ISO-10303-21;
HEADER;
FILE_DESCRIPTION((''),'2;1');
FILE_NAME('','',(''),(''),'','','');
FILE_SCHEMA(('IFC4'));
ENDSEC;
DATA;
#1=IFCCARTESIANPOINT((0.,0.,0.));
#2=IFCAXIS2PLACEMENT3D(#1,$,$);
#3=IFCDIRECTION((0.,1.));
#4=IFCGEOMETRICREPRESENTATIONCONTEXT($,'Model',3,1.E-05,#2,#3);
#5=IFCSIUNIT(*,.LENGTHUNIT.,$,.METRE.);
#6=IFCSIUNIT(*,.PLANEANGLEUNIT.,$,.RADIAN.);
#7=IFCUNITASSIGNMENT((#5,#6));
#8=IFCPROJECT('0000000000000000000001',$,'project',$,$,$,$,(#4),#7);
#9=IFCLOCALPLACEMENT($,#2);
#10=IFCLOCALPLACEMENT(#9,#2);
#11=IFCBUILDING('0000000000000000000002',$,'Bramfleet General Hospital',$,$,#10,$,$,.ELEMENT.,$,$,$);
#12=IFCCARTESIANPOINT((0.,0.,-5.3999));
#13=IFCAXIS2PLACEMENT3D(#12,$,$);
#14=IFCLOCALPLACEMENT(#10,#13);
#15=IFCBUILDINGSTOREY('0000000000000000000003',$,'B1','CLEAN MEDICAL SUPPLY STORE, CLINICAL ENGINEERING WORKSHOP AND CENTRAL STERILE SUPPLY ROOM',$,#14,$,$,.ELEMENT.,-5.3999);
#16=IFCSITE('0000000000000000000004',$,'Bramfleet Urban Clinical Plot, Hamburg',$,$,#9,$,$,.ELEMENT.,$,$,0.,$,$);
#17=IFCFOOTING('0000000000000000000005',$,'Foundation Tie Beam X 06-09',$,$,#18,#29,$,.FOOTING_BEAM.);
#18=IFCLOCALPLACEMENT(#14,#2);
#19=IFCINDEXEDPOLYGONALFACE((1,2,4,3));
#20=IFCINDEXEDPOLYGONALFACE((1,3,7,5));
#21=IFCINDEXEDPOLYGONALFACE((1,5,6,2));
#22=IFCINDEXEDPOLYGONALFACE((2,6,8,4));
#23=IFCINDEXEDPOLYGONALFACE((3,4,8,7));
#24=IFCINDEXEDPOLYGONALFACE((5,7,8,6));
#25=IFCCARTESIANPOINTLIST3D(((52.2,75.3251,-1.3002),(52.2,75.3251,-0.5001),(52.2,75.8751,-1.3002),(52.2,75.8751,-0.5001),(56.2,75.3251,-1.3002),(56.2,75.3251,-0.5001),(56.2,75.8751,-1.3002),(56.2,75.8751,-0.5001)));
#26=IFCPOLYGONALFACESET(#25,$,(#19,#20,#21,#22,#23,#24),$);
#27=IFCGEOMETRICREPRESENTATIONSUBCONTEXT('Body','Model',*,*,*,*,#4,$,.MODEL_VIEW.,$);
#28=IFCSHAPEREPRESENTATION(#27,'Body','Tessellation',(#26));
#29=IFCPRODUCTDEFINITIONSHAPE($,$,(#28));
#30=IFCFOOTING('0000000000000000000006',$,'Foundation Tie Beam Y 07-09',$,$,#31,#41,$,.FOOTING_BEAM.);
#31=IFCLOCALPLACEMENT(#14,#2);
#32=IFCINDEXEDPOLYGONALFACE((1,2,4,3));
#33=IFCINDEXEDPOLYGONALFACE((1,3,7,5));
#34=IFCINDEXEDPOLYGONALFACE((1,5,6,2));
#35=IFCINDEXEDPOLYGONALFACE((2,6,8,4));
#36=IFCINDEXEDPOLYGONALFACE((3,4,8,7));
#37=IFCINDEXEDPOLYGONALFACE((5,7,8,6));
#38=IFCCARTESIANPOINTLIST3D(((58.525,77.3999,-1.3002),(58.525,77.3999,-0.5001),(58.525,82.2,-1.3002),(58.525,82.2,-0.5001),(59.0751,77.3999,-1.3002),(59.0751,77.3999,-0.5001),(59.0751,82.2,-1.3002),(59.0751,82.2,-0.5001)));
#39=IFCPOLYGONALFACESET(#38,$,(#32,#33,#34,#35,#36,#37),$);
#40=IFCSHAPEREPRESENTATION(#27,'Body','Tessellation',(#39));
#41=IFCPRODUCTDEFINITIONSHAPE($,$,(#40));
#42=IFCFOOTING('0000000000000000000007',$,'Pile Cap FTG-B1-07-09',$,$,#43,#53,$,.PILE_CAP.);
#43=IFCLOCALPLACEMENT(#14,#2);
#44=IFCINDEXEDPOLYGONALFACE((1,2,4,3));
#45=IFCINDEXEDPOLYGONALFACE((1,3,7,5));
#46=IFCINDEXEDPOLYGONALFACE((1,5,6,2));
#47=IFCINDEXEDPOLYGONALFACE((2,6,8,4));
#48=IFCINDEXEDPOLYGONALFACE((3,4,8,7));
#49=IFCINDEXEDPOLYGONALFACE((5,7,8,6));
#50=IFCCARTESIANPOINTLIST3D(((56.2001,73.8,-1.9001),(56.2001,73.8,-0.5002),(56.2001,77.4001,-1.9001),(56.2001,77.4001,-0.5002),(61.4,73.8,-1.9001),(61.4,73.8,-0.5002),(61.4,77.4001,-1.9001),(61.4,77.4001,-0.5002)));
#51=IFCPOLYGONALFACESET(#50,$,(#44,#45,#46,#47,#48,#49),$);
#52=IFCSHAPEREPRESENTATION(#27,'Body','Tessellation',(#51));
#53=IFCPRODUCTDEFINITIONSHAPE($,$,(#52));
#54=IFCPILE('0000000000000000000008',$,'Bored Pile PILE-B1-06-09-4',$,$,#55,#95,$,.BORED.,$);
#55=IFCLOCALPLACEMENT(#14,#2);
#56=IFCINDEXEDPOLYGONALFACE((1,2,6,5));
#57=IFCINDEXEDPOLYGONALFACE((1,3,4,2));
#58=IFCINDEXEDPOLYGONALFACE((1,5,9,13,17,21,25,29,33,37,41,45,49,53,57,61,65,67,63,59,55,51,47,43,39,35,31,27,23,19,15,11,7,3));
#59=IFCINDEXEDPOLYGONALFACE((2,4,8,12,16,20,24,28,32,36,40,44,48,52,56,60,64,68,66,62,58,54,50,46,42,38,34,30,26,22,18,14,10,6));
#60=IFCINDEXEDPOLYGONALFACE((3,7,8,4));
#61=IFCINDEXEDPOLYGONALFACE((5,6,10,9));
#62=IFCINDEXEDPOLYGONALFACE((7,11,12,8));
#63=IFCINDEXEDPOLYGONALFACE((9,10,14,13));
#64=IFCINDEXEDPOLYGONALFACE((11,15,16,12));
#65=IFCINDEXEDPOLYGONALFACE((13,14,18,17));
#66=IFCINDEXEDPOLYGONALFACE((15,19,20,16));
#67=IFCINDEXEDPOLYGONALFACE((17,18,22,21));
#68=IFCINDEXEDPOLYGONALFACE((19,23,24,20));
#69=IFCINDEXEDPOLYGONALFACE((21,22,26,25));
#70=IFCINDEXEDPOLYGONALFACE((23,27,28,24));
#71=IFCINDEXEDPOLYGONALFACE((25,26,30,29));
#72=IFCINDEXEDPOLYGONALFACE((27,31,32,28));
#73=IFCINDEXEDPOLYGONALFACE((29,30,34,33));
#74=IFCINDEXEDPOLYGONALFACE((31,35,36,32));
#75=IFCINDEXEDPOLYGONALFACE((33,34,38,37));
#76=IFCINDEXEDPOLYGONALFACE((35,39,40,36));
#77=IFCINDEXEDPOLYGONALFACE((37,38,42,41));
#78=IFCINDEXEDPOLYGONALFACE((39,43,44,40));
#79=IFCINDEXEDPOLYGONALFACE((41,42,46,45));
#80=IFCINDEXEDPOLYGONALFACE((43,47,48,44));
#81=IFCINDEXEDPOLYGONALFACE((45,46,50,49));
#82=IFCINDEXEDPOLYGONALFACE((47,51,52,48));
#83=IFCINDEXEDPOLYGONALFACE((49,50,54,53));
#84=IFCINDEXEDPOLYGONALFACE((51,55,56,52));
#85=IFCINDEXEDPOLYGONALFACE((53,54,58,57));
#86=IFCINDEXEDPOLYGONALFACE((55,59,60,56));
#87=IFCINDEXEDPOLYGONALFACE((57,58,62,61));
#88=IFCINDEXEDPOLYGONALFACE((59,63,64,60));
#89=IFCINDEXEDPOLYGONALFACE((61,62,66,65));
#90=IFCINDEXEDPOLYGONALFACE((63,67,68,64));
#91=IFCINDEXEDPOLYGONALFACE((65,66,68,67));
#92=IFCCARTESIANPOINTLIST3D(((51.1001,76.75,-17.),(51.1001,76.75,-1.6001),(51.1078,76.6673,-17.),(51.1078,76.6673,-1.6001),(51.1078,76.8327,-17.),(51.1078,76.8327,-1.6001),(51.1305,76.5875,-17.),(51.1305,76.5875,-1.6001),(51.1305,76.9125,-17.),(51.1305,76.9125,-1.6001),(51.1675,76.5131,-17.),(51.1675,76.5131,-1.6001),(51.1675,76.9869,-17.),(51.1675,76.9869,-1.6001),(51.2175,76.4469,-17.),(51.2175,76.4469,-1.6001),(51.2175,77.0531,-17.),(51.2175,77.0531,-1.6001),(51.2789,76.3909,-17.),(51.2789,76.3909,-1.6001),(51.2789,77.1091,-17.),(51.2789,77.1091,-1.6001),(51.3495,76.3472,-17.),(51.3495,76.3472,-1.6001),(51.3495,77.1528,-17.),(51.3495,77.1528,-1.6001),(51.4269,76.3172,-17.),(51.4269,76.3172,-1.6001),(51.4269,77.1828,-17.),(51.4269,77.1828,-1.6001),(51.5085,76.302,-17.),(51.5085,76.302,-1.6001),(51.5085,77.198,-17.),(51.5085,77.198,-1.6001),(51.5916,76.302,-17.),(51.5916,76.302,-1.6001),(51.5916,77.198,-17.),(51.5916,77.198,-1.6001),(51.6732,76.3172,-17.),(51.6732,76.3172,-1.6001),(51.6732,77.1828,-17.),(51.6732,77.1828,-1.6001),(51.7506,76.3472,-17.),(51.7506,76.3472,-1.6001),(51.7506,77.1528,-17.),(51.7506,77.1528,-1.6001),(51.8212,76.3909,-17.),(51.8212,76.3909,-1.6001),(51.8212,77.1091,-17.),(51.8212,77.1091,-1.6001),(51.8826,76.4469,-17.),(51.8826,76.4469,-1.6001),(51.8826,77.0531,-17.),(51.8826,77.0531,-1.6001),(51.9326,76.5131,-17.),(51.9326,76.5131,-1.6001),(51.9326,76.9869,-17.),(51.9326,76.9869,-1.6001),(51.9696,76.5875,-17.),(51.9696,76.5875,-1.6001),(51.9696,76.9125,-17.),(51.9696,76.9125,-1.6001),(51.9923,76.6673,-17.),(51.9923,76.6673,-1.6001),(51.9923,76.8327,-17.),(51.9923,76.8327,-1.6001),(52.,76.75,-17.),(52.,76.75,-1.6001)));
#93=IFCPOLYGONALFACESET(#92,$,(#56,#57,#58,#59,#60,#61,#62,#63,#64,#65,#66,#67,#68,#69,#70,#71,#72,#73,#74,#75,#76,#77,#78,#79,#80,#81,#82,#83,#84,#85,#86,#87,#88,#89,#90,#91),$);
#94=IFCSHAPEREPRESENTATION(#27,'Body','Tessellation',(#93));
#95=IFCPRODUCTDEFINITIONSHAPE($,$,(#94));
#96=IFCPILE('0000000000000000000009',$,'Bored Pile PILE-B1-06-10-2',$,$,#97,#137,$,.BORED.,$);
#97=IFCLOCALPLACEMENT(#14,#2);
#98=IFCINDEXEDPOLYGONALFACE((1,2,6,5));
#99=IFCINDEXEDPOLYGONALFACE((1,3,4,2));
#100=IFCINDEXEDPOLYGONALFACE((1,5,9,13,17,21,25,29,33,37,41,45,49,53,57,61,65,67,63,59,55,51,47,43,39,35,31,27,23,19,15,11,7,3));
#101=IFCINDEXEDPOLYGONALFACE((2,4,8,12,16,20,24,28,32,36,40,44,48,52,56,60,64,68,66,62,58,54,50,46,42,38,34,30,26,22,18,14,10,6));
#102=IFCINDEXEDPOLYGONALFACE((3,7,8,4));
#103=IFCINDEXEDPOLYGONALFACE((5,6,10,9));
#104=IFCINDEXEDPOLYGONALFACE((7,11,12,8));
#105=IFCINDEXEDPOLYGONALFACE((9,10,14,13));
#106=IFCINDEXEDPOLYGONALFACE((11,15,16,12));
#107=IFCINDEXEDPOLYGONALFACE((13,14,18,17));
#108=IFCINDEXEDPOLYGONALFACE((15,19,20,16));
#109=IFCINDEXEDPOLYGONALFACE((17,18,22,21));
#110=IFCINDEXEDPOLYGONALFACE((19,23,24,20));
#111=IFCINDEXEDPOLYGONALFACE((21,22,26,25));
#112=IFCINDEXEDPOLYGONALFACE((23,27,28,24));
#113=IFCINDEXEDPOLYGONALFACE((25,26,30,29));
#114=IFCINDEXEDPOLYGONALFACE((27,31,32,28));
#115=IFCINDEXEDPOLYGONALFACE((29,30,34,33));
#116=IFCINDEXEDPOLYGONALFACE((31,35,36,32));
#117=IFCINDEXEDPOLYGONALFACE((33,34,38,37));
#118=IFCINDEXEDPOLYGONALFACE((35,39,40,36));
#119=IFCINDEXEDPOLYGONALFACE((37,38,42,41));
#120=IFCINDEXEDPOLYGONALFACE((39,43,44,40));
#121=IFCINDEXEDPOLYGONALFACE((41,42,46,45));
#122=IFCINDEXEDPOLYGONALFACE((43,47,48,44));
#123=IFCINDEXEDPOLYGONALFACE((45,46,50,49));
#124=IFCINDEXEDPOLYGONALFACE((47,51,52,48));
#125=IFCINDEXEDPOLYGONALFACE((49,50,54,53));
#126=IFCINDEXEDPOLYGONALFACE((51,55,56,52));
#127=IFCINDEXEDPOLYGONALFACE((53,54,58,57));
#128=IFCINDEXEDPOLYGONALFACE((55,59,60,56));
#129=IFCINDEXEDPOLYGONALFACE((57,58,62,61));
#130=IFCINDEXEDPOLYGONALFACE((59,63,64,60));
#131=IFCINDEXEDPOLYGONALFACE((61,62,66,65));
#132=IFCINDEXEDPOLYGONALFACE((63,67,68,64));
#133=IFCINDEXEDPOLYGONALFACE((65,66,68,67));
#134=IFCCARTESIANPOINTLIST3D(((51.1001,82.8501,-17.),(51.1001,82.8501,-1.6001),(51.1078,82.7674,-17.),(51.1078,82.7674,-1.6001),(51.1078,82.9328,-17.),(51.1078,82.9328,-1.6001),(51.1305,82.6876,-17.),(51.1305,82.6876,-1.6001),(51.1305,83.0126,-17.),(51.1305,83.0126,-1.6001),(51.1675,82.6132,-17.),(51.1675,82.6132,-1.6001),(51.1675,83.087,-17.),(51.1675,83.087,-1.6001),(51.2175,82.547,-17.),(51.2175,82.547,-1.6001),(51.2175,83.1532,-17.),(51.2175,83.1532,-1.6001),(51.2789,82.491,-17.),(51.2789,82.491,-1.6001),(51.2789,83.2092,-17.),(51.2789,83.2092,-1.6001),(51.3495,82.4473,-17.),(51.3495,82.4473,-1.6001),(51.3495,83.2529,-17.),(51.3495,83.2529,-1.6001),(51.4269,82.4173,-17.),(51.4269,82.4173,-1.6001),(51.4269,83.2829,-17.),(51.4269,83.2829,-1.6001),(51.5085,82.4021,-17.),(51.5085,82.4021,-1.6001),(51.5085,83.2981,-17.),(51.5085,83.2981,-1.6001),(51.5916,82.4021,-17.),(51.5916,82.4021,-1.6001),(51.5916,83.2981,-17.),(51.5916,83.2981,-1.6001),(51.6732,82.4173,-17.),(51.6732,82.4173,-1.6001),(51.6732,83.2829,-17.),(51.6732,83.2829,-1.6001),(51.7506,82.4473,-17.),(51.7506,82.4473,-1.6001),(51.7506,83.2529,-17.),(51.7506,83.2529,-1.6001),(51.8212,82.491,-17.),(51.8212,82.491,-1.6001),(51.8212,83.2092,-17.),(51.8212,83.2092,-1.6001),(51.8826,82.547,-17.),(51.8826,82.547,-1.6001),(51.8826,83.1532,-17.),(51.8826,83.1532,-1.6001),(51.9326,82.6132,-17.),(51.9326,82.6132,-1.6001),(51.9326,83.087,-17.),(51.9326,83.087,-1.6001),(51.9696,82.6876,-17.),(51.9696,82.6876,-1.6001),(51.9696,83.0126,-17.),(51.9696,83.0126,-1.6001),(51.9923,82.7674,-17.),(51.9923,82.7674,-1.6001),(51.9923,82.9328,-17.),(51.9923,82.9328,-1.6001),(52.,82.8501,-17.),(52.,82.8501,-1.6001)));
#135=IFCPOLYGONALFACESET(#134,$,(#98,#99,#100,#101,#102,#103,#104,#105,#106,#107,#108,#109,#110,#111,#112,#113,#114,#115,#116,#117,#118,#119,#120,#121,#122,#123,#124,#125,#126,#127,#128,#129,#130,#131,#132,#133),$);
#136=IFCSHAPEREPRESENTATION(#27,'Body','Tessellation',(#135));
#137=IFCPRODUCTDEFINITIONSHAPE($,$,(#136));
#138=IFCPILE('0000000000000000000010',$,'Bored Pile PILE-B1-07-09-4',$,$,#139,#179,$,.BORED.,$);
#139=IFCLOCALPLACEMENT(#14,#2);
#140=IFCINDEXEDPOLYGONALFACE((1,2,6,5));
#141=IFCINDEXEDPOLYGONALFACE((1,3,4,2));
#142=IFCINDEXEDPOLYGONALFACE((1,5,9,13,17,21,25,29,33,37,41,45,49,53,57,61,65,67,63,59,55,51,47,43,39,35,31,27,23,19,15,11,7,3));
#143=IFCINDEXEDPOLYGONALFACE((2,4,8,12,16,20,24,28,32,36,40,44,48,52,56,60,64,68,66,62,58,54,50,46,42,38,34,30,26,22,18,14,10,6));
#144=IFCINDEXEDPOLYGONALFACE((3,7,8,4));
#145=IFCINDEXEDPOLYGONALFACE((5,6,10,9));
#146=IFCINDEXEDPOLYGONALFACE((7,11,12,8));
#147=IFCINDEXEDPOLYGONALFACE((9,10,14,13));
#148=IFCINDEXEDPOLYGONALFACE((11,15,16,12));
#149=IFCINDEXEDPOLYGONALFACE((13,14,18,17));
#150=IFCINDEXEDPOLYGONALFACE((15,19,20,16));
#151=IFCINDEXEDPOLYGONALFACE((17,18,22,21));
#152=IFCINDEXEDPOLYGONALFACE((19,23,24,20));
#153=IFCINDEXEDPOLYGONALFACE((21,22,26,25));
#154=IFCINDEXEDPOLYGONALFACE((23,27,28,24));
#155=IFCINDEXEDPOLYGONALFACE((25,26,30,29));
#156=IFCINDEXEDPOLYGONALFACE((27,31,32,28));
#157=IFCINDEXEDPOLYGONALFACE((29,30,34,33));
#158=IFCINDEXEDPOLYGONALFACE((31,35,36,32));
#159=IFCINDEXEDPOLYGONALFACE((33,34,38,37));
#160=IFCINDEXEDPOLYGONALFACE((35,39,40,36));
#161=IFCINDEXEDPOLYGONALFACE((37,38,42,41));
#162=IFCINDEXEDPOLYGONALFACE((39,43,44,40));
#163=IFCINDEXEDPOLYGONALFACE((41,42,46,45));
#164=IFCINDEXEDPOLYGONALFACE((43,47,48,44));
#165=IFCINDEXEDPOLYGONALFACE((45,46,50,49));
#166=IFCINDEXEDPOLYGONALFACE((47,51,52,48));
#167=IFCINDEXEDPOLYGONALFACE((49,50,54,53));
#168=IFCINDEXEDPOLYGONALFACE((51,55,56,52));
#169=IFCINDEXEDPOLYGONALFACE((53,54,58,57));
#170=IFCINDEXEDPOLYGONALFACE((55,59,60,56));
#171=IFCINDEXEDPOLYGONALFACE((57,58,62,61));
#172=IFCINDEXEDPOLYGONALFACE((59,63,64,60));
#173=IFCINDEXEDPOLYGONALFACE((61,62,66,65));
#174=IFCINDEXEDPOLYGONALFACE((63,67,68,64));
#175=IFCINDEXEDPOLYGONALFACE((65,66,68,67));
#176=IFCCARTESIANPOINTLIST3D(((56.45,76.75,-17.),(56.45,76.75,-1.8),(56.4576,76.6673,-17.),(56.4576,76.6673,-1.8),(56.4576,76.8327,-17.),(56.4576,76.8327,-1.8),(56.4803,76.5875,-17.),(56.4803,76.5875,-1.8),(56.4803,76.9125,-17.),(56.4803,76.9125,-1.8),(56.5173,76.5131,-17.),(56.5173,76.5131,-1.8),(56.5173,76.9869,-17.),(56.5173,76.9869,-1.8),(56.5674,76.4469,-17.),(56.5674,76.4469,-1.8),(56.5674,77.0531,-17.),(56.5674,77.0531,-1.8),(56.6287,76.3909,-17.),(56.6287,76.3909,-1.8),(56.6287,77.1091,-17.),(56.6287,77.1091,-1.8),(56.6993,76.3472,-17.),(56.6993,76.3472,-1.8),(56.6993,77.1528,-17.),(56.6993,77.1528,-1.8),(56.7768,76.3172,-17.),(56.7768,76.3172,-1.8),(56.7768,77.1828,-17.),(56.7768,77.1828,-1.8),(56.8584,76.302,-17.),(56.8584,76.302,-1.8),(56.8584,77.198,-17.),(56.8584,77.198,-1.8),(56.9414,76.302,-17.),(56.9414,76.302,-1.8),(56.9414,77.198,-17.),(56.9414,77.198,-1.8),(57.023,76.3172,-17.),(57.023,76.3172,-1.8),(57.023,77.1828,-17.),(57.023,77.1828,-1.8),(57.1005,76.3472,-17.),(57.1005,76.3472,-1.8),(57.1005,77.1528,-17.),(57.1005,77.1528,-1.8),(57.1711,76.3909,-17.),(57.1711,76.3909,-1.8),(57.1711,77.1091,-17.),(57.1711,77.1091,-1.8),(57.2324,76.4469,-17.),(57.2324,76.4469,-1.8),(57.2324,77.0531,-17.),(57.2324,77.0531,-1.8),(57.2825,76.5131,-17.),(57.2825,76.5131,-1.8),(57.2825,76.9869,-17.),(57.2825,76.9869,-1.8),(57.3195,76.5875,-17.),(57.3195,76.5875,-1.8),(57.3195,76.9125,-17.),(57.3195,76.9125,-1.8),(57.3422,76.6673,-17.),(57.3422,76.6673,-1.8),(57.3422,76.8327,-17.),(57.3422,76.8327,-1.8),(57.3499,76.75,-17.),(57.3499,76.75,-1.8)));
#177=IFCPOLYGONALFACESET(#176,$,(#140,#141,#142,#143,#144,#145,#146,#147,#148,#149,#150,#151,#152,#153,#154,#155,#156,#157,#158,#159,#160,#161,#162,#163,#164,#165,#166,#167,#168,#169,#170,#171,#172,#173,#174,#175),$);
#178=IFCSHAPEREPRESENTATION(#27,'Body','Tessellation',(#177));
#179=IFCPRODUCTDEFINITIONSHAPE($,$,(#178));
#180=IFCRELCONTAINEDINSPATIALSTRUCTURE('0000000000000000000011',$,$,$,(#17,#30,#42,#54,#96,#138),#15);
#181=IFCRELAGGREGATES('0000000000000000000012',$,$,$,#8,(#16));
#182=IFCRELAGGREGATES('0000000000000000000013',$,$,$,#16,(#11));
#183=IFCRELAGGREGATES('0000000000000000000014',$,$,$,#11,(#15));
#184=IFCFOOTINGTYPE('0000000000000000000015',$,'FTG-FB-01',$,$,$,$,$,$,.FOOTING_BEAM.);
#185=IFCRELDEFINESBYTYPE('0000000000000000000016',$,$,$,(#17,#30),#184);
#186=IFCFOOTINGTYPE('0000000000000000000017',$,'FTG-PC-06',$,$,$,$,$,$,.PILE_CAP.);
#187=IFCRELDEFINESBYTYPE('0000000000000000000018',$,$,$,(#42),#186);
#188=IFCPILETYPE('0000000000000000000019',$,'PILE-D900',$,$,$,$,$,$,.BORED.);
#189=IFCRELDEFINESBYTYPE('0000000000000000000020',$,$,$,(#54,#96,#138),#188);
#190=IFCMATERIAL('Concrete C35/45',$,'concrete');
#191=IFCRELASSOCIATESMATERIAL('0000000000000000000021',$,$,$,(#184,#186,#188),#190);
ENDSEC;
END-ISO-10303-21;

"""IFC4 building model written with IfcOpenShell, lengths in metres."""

from ifc_helpers import new_model, si_unit, direction, frame, origin, origin_2d, place, context, subcontext, project, spatial, rectangle, circle, extrude, material, material_profile, profile_set, type_object, element, save


model = new_model("IFC4")

# Units and contexts
model_context = context("Model", 3, precision=1e-05, world=origin(), true_north=direction((0.0, 1.0)))
body_context = subcontext(model_context, "Body", "Model", "MODEL_VIEW")
ifc_project = project(units=[si_unit("LENGTHUNIT", "METRE"), si_unit("PLANEANGLEUNIT", "RADIAN")], contexts=[model_context])

# Site, building, storey
site_placement = place(None, origin())
site = spatial("IfcSite", under=ifc_project, at=site_placement, Name="Bramfleet Urban Clinical Plot, Hamburg", CompositionType="ELEMENT", RefElevation=0.0)
building_placement = place(site_placement, origin())
building = spatial("IfcBuilding", under=site, at=building_placement, Name="Bramfleet General Hospital", CompositionType="ELEMENT")
storey_placement = place(building_placement, frame((0.0, 0.0, -5.3999)))
storey = spatial("IfcBuildingStorey", under=building, at=storey_placement, Name="B1", Description="CLEAN MEDICAL SUPPLY STORE, CLINICAL ENGINEERING WORKSHOP AND CENTRAL STERILE SUPPLY ROOM", CompositionType="ELEMENT", Elevation=-5.3999)

# Footings
ifc_material_1 = material(Name="Concrete C35/45", Category="concrete")
ifc_material_profile_1 = material_profile(ifc_material_1, rectangle(XDim=0.55, YDim=0.8, at=origin_2d()), Name="RC FB 800x550")
ifc_profile_set_1 = profile_set([ifc_material_profile_1], Name="Concrete C35/45")
footing_type_1 = type_object("IfcFootingType", Name="FTG-FB-01", PredefinedType="FOOTING_BEAM", material=ifc_profile_set_1)
footing_1_placement = place(storey_placement, frame((52.2, 75.6001, -0.9001), z_axis=(1.0, 0.0, 0.0), x_axis=(0.0, 1.0, 0.0)))
element("IfcFooting", 1, at=footing_1_placement, inside=storey, type_object=footing_type_1, Name="Foundation Tie Beam X 06-09", PredefinedType="FOOTING_BEAM", context=body_context, shape_type="SweptSolid", body=[
    extrude(rectangle(XDim=0.55, YDim=0.8, at=origin_2d()), origin(), (0.0, 0.0, 1.0), 4.0),
])
footing_2_placement = place(storey_placement, frame((58.8, 77.3999, -0.9001), z_axis=(0.0, 1.0, 0.0), x_axis=(-1.0, 0.0, 0.0)))
element("IfcFooting", 2, at=footing_2_placement, inside=storey, type_object=footing_type_1, Name="Foundation Tie Beam Y 07-09", PredefinedType="FOOTING_BEAM", context=body_context, shape_type="SweptSolid", body=[
    extrude(rectangle(XDim=0.55, YDim=0.8, at=origin_2d()), origin(), (0.0, 0.0, 1.0), 4.8),
])
footing_type_2 = type_object("IfcFootingType", Name="FTG-PC-06", PredefinedType="PILE_CAP", material=ifc_material_1)
footing_3_placement = place(storey_placement, frame((58.8, 75.6001, -1.9001), z_axis=(0.0, 0.0, 1.0), x_axis=(1.0, 0.0, 0.0)))
element("IfcFooting", 3, at=footing_3_placement, inside=storey, type_object=footing_type_2, Name="Pile Cap FTG-B1-07-09", PredefinedType="PILE_CAP", context=body_context, shape_type="SweptSolid", body=[
    extrude(rectangle(XDim=5.2, YDim=3.6001, at=origin_2d()), origin(), (0.0, 0.0, 1.0), 1.3999),
])

# Piles
ifc_material_profile_2 = material_profile(ifc_material_1, circle(Radius=0.45, at=origin_2d()), Name="PILE BORED D900")
ifc_profile_set_2 = profile_set([ifc_material_profile_2], Name="Concrete C35/45")
pile_type = type_object("IfcPileType", Name="PILE-D900", PredefinedType="BORED", material=ifc_profile_set_2)
for number, where, z_axis, x_axis, name in (
    (4, (51.55, 76.75, -1.6001), (0.0, 0.0, -1.0), (1.0, 0.0, 0.0), "Bored Pile PILE-B1-06-09-4"),
    (5, (51.55, 82.8501, -1.6001), (0.0, 0.0, -1.0), (1.0, 0.0, 0.0), "Bored Pile PILE-B1-06-10-2"),
):
    element("IfcPile", number, at=place(storey_placement, frame(where, z_axis=z_axis, x_axis=x_axis)), inside=storey, type_object=pile_type, Name=name, PredefinedType="BORED", context=body_context, shape_type="SweptSolid", body=[
        extrude(circle(Radius=0.45, at=origin_2d()), origin(), (0.0, 0.0, 1.0), 15.3999),
    ])
for number, where, z_axis, x_axis, name in (
    (6, (56.8999, 76.75, -1.8), (0.0, 0.0, -1.0), (1.0, 0.0, 0.0), "Bored Pile PILE-B1-07-09-4"),
):
    element("IfcPile", number, at=place(storey_placement, frame(where, z_axis=z_axis, x_axis=x_axis)), inside=storey, type_object=pile_type, Name=name, PredefinedType="BORED", context=body_context, shape_type="SweptSolid", body=[
        extrude(circle(Radius=0.45, at=origin_2d()), origin(), (0.0, 0.0, 1.0), 15.2),
    ])

save(model, "model.ifc")
